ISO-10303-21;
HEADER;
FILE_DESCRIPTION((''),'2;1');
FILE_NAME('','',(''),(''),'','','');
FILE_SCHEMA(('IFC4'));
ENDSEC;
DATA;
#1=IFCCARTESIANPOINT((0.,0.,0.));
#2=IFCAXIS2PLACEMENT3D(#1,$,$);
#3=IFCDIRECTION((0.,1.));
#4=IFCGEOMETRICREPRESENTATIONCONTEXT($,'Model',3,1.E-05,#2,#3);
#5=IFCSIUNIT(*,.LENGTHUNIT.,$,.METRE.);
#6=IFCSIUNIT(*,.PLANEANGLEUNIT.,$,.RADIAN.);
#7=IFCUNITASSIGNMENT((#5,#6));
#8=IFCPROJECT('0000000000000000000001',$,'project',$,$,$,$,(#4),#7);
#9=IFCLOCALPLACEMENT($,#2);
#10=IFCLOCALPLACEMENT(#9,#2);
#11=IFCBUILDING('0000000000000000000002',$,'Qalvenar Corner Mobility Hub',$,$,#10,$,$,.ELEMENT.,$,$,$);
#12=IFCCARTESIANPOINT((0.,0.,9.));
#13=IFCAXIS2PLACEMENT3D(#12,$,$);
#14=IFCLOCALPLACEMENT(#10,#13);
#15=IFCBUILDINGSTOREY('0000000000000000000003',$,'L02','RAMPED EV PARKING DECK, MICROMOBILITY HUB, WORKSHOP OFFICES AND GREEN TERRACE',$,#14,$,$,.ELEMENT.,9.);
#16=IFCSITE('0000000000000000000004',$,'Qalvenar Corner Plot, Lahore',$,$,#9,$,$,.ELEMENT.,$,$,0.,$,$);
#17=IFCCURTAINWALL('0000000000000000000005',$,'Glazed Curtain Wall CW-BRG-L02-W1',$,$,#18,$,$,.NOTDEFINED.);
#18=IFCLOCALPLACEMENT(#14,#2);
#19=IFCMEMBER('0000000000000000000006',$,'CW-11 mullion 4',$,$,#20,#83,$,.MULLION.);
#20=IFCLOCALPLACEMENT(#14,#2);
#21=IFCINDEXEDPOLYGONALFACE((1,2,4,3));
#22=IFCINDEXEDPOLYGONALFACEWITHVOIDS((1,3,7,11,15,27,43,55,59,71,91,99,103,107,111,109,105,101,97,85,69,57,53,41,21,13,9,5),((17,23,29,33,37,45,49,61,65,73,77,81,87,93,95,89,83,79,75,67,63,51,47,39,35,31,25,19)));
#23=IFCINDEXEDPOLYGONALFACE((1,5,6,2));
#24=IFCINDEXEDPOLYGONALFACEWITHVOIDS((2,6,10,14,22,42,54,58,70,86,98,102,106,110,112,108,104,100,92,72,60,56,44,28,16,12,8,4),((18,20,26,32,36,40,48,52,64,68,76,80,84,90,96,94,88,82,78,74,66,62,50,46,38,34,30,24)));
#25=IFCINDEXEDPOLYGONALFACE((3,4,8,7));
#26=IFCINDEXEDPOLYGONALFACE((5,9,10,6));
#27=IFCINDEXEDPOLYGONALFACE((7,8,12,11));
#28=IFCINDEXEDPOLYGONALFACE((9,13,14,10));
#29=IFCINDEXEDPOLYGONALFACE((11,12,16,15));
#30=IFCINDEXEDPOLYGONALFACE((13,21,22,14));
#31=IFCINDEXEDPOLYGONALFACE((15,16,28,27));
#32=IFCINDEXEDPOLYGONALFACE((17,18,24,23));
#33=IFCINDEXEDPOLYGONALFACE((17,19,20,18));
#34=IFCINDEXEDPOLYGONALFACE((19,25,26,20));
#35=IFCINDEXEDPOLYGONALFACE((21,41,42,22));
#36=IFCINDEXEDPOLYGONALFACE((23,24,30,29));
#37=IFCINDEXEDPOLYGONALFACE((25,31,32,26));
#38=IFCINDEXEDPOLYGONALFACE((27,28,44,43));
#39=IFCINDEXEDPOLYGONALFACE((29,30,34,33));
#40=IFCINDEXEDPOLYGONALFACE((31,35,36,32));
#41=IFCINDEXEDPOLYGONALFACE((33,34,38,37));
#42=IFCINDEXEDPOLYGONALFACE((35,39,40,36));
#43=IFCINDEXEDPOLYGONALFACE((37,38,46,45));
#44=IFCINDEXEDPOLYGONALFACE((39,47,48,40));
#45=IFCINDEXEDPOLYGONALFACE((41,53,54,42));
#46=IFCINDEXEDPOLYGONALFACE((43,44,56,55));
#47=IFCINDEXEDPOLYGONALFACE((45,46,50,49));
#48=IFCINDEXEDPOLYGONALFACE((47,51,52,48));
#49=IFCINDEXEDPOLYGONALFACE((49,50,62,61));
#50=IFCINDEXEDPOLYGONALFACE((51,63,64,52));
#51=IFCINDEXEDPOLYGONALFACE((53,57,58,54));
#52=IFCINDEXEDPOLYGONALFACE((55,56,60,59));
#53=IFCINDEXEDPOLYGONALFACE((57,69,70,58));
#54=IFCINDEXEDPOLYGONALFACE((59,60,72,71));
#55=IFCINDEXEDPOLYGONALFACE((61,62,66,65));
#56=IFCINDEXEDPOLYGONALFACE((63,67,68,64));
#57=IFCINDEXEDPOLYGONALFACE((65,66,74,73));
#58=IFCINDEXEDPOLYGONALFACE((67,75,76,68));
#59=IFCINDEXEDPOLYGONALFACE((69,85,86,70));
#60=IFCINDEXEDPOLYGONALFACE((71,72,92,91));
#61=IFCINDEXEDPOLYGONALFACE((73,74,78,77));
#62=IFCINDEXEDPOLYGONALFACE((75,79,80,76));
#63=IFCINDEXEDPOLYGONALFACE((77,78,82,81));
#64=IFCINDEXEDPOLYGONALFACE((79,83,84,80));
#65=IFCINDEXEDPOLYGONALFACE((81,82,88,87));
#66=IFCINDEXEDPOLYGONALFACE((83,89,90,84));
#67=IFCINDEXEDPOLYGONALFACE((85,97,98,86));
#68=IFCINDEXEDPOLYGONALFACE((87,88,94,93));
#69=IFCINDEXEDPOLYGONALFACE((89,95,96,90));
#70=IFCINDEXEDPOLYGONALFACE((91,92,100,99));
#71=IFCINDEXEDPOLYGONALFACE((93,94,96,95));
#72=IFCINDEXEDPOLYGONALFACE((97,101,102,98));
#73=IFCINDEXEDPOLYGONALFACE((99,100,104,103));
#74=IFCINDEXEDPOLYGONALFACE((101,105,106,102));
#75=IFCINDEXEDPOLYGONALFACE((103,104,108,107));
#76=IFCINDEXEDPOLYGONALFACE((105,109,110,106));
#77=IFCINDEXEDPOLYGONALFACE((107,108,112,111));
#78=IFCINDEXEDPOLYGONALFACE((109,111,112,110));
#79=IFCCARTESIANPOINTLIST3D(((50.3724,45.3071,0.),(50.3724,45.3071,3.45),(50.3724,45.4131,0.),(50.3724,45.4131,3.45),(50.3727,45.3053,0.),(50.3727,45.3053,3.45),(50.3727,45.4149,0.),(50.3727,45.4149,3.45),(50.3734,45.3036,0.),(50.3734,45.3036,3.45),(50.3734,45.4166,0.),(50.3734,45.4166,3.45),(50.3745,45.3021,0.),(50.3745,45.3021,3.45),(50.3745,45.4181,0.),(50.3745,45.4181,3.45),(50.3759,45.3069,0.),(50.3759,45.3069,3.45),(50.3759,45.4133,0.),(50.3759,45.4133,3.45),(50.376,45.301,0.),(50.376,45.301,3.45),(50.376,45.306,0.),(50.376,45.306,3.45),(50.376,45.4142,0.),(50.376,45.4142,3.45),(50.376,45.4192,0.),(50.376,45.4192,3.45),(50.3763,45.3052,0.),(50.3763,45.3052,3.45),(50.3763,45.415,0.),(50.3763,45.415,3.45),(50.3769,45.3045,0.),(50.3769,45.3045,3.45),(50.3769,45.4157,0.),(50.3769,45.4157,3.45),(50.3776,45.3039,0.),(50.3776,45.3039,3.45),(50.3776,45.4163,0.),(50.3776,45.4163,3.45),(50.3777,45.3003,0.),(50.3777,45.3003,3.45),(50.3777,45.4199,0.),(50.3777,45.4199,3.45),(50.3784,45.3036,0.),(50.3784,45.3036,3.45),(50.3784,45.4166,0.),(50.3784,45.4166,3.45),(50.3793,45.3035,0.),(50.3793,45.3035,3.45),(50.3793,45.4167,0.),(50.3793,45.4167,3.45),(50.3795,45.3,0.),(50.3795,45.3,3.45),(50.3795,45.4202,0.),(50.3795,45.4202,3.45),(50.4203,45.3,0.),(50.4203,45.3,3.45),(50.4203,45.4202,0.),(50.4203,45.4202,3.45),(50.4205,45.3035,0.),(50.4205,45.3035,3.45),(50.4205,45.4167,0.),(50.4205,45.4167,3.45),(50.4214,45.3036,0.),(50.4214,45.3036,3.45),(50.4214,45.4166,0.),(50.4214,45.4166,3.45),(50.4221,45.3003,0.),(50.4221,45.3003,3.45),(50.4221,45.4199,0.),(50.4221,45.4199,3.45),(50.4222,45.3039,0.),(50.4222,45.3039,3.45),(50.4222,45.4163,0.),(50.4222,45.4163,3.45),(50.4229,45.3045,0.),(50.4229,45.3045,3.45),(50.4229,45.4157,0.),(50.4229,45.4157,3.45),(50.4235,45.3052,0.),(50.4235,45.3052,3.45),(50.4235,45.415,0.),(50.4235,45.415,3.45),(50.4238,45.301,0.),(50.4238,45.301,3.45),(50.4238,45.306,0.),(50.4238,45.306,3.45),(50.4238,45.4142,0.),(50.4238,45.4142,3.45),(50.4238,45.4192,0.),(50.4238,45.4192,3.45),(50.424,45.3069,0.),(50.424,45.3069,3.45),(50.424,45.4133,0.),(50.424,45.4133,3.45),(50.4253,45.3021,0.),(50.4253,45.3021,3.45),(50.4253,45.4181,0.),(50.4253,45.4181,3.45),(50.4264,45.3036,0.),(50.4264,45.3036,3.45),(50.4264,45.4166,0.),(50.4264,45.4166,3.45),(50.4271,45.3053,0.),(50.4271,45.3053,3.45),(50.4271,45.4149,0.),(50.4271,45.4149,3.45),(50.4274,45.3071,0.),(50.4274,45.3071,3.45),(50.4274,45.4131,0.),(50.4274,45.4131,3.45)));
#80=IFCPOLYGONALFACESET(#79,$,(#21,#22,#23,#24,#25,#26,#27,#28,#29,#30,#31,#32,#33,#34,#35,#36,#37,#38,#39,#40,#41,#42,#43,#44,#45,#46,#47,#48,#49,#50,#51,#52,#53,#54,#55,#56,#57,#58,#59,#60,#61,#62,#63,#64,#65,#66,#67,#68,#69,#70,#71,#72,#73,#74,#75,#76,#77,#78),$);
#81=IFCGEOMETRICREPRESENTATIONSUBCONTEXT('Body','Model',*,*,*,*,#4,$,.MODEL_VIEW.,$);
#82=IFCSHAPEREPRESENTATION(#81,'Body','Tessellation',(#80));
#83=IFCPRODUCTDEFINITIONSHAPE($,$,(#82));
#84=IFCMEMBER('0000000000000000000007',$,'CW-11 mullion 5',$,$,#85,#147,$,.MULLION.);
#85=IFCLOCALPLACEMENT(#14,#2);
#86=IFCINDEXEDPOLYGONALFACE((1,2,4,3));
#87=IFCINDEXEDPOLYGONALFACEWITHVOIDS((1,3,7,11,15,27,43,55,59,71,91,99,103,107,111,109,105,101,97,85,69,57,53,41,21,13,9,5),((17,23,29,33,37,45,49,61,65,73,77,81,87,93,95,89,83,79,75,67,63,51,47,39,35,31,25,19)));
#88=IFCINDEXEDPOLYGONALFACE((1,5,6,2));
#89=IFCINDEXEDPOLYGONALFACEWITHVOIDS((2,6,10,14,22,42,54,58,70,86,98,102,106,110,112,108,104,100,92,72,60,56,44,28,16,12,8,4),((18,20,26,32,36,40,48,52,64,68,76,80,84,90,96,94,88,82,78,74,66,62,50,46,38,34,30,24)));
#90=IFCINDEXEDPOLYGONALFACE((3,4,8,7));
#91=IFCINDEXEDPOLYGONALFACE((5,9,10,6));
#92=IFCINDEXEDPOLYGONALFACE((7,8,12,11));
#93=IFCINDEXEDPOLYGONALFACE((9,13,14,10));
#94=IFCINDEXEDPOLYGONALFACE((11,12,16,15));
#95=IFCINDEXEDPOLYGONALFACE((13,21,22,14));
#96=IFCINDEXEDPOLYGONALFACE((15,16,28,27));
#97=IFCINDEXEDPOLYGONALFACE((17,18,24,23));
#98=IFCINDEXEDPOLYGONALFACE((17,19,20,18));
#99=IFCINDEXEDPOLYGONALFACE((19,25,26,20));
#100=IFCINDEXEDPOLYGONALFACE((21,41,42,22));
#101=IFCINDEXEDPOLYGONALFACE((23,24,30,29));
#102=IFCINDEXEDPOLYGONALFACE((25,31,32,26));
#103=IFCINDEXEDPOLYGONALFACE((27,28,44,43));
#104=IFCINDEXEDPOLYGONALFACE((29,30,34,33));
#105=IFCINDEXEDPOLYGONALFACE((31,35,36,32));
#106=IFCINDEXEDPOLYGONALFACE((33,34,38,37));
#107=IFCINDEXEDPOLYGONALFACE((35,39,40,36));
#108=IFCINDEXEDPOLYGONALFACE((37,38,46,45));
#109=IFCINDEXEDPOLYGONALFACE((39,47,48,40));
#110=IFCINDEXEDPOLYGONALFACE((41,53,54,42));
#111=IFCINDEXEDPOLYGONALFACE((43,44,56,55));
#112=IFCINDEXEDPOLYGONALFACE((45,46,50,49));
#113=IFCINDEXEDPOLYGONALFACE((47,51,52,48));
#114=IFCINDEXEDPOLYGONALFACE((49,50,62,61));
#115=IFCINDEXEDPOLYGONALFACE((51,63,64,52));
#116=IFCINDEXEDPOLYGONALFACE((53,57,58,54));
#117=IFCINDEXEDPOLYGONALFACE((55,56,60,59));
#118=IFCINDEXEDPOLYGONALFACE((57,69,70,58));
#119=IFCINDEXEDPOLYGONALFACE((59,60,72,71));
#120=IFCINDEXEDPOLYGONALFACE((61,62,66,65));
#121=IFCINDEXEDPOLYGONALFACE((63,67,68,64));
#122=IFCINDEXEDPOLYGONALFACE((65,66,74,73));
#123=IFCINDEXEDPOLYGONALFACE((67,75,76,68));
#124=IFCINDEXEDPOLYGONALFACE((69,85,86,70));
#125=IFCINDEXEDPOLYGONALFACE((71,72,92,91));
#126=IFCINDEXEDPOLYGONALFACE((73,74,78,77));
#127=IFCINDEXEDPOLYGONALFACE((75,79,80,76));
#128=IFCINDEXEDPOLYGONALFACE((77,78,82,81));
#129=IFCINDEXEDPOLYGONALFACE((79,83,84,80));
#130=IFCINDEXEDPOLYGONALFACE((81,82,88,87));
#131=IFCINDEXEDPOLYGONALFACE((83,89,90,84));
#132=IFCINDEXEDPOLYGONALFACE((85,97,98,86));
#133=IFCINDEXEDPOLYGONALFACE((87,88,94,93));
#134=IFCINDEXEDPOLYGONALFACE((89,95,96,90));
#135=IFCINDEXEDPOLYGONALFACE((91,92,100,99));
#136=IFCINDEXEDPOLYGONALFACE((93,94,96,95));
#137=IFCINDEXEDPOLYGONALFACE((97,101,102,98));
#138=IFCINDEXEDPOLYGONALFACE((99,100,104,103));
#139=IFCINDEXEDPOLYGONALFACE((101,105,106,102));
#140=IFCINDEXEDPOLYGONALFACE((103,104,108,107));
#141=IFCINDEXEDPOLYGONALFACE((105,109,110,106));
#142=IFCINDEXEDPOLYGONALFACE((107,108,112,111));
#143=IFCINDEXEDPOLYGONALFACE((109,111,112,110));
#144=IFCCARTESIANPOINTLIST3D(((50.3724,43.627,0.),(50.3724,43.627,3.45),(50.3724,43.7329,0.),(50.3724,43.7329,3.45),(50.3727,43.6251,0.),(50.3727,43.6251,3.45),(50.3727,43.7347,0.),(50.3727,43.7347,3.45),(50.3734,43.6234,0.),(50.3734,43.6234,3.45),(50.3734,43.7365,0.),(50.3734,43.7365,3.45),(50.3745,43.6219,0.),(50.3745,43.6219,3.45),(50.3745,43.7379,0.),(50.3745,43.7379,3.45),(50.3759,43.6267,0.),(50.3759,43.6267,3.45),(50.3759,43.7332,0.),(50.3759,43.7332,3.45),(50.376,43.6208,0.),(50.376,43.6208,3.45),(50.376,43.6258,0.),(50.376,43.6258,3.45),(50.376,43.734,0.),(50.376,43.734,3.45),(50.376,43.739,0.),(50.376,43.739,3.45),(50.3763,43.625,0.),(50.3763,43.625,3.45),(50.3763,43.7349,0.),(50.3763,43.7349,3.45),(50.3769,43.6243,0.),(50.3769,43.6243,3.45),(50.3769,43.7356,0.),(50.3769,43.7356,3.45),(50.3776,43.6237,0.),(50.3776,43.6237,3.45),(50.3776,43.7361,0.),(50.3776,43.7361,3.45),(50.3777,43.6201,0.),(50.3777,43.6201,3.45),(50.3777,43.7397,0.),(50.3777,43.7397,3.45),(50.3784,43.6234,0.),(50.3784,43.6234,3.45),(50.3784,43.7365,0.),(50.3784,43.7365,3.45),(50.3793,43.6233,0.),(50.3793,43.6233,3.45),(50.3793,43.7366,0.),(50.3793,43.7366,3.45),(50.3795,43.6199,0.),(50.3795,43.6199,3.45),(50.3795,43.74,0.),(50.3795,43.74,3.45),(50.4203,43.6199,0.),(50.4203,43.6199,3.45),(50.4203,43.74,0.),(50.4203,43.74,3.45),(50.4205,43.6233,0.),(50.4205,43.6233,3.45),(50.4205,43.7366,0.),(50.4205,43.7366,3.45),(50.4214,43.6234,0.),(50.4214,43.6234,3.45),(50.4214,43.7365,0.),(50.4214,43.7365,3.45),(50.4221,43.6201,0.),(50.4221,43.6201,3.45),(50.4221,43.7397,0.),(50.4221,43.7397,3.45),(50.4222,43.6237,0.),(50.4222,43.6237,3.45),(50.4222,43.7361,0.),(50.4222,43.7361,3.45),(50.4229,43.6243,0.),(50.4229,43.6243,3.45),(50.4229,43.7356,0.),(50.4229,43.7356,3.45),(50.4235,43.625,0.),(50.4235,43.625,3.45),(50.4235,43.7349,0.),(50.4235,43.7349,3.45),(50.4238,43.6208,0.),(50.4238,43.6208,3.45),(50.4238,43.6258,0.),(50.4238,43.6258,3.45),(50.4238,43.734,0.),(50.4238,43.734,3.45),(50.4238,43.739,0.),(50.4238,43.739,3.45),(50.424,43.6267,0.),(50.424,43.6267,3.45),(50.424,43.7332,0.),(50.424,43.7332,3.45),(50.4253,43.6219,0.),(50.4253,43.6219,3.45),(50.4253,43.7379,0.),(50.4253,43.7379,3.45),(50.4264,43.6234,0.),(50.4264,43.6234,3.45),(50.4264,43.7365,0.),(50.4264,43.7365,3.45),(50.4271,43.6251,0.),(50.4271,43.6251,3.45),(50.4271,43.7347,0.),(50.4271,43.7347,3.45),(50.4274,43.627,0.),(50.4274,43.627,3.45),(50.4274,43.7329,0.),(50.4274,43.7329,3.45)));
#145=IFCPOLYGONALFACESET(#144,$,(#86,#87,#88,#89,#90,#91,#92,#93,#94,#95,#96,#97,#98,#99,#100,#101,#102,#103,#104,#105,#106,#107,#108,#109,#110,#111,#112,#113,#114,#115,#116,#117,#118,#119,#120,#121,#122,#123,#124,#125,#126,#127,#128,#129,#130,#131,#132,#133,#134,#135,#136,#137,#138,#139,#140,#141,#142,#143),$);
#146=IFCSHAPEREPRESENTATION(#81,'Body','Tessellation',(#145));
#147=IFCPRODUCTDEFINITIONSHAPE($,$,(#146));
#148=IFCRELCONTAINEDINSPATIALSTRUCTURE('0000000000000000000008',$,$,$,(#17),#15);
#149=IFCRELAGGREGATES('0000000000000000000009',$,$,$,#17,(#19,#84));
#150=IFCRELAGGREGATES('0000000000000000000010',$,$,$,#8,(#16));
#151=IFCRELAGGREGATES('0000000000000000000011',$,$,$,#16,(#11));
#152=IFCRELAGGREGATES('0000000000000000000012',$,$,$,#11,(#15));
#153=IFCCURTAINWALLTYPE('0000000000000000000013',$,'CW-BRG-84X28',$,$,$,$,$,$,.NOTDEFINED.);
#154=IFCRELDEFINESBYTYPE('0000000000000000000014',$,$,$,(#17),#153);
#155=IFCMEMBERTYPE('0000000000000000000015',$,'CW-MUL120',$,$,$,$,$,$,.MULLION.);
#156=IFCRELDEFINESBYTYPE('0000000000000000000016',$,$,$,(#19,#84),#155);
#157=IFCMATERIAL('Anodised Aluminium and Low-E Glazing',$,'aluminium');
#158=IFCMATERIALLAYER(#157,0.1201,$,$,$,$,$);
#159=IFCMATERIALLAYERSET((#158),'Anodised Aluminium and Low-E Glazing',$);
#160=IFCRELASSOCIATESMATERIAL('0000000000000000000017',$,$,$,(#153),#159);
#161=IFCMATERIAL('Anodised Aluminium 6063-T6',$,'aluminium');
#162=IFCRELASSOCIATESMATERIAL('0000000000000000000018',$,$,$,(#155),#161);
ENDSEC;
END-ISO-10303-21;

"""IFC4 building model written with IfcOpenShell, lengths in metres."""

from ifc_helpers import new_model, si_unit, direction, frame, origin, origin_2d, place, context, subcontext, project, spatial, hollow_rectangle, extrude, material, layer, layer_set, material_profile, profile_set, type_object, element, aggregate, save


model = new_model("IFC4")

# Units and contexts
model_context = context("Model", 3, precision=1e-05, world=origin(), true_north=direction((0.0, 1.0)))
body_context = subcontext(model_context, "Body", "Model", "MODEL_VIEW")
ifc_project = project(units=[si_unit("LENGTHUNIT", "METRE"), si_unit("PLANEANGLEUNIT", "RADIAN")], contexts=[model_context])

# Site, building, storey
site_placement = place(None, origin())
site = spatial("IfcSite", under=ifc_project, at=site_placement, Name="Qalvenar Corner Plot, Lahore", CompositionType="ELEMENT", RefElevation=0.0)
building_placement = place(site_placement, origin())
building = spatial("IfcBuilding", under=site, at=building_placement, Name="Qalvenar Corner Mobility Hub", CompositionType="ELEMENT")
storey_placement = place(building_placement, frame((0.0, 0.0, 9.0)))
storey = spatial("IfcBuildingStorey", under=building, at=storey_placement, Name="L02", Description="RAMPED EV PARKING DECK, MICROMOBILITY HUB, WORKSHOP OFFICES AND GREEN TERRACE", CompositionType="ELEMENT", Elevation=9.0)

# Curtain wall, members
ifc_material_1 = material(Name="Anodised Aluminium and Low-E Glazing", Category="aluminium")
ifc_layer_1 = layer(ifc_material_1, 0.1201)
ifc_layer_set_1 = layer_set([ifc_layer_1], Name="Anodised Aluminium and Low-E Glazing")
curtain_wall_type = type_object("IfcCurtainWallType", Name="CW-BRG-84X28", PredefinedType="NOTDEFINED", material=ifc_layer_set_1)
curtain_wall_placement = place(storey_placement, origin())
curtain_wall = element("IfcCurtainWall", 1, at=curtain_wall_placement, inside=storey, type_object=curtain_wall_type, Name="Glazed Curtain Wall CW-BRG-L02-W1", PredefinedType="NOTDEFINED")
ifc_material_2 = material(Name="Anodised Aluminium 6063-T6", Category="aluminium")
ifc_material_profile_1 = material_profile(ifc_material_2, hollow_rectangle(XDim=0.0549, YDim=0.1201, WallThickness=0.0034, InnerFilletRadius=0.0034, OuterFilletRadius=0.0071, at=origin_2d()), Name="RHS120x55x3.5")
ifc_profile_set_1 = profile_set([ifc_material_profile_1], Name="Anodised Aluminium 6063-T6")
member_type_1 = type_object("IfcMemberType", Name="CW-MUL120", PredefinedType="MULLION", material=ifc_profile_set_1)
member_1_placement = place(storey_placement, frame((50.3999, 45.3601, 0.0), z_axis=(0.0, 0.0, 1.0), x_axis=(1.0, 0.0, 0.0)))
member_1 = element("IfcMember", 2, at=member_1_placement, type_object=member_type_1, Name="CW-11 mullion 4", PredefinedType="MULLION", context=body_context, shape_type="SweptSolid", body=[
    extrude(hollow_rectangle(XDim=0.0549, YDim=0.1201, WallThickness=0.0034, InnerFilletRadius=0.0034, OuterFilletRadius=0.0071, at=origin_2d()), origin(), (0.0, 0.0, 1.0), 3.45),
])
member_2_placement = place(storey_placement, frame((50.3999, 43.6799, 0.0), z_axis=(0.0, 0.0, 1.0), x_axis=(1.0, 0.0, 0.0)))
member_2 = element("IfcMember", 3, at=member_2_placement, type_object=member_type_1, Name="CW-11 mullion 5", PredefinedType="MULLION", context=body_context, shape_type="SweptSolid", body=[
    extrude(hollow_rectangle(XDim=0.0549, YDim=0.1201, WallThickness=0.0034, InnerFilletRadius=0.0034, OuterFilletRadius=0.0071, at=origin_2d()), origin(), (0.0, 0.0, 1.0), 3.45),
])
aggregate(curtain_wall, [member_1, member_2])

save(model, "model.ifc")
